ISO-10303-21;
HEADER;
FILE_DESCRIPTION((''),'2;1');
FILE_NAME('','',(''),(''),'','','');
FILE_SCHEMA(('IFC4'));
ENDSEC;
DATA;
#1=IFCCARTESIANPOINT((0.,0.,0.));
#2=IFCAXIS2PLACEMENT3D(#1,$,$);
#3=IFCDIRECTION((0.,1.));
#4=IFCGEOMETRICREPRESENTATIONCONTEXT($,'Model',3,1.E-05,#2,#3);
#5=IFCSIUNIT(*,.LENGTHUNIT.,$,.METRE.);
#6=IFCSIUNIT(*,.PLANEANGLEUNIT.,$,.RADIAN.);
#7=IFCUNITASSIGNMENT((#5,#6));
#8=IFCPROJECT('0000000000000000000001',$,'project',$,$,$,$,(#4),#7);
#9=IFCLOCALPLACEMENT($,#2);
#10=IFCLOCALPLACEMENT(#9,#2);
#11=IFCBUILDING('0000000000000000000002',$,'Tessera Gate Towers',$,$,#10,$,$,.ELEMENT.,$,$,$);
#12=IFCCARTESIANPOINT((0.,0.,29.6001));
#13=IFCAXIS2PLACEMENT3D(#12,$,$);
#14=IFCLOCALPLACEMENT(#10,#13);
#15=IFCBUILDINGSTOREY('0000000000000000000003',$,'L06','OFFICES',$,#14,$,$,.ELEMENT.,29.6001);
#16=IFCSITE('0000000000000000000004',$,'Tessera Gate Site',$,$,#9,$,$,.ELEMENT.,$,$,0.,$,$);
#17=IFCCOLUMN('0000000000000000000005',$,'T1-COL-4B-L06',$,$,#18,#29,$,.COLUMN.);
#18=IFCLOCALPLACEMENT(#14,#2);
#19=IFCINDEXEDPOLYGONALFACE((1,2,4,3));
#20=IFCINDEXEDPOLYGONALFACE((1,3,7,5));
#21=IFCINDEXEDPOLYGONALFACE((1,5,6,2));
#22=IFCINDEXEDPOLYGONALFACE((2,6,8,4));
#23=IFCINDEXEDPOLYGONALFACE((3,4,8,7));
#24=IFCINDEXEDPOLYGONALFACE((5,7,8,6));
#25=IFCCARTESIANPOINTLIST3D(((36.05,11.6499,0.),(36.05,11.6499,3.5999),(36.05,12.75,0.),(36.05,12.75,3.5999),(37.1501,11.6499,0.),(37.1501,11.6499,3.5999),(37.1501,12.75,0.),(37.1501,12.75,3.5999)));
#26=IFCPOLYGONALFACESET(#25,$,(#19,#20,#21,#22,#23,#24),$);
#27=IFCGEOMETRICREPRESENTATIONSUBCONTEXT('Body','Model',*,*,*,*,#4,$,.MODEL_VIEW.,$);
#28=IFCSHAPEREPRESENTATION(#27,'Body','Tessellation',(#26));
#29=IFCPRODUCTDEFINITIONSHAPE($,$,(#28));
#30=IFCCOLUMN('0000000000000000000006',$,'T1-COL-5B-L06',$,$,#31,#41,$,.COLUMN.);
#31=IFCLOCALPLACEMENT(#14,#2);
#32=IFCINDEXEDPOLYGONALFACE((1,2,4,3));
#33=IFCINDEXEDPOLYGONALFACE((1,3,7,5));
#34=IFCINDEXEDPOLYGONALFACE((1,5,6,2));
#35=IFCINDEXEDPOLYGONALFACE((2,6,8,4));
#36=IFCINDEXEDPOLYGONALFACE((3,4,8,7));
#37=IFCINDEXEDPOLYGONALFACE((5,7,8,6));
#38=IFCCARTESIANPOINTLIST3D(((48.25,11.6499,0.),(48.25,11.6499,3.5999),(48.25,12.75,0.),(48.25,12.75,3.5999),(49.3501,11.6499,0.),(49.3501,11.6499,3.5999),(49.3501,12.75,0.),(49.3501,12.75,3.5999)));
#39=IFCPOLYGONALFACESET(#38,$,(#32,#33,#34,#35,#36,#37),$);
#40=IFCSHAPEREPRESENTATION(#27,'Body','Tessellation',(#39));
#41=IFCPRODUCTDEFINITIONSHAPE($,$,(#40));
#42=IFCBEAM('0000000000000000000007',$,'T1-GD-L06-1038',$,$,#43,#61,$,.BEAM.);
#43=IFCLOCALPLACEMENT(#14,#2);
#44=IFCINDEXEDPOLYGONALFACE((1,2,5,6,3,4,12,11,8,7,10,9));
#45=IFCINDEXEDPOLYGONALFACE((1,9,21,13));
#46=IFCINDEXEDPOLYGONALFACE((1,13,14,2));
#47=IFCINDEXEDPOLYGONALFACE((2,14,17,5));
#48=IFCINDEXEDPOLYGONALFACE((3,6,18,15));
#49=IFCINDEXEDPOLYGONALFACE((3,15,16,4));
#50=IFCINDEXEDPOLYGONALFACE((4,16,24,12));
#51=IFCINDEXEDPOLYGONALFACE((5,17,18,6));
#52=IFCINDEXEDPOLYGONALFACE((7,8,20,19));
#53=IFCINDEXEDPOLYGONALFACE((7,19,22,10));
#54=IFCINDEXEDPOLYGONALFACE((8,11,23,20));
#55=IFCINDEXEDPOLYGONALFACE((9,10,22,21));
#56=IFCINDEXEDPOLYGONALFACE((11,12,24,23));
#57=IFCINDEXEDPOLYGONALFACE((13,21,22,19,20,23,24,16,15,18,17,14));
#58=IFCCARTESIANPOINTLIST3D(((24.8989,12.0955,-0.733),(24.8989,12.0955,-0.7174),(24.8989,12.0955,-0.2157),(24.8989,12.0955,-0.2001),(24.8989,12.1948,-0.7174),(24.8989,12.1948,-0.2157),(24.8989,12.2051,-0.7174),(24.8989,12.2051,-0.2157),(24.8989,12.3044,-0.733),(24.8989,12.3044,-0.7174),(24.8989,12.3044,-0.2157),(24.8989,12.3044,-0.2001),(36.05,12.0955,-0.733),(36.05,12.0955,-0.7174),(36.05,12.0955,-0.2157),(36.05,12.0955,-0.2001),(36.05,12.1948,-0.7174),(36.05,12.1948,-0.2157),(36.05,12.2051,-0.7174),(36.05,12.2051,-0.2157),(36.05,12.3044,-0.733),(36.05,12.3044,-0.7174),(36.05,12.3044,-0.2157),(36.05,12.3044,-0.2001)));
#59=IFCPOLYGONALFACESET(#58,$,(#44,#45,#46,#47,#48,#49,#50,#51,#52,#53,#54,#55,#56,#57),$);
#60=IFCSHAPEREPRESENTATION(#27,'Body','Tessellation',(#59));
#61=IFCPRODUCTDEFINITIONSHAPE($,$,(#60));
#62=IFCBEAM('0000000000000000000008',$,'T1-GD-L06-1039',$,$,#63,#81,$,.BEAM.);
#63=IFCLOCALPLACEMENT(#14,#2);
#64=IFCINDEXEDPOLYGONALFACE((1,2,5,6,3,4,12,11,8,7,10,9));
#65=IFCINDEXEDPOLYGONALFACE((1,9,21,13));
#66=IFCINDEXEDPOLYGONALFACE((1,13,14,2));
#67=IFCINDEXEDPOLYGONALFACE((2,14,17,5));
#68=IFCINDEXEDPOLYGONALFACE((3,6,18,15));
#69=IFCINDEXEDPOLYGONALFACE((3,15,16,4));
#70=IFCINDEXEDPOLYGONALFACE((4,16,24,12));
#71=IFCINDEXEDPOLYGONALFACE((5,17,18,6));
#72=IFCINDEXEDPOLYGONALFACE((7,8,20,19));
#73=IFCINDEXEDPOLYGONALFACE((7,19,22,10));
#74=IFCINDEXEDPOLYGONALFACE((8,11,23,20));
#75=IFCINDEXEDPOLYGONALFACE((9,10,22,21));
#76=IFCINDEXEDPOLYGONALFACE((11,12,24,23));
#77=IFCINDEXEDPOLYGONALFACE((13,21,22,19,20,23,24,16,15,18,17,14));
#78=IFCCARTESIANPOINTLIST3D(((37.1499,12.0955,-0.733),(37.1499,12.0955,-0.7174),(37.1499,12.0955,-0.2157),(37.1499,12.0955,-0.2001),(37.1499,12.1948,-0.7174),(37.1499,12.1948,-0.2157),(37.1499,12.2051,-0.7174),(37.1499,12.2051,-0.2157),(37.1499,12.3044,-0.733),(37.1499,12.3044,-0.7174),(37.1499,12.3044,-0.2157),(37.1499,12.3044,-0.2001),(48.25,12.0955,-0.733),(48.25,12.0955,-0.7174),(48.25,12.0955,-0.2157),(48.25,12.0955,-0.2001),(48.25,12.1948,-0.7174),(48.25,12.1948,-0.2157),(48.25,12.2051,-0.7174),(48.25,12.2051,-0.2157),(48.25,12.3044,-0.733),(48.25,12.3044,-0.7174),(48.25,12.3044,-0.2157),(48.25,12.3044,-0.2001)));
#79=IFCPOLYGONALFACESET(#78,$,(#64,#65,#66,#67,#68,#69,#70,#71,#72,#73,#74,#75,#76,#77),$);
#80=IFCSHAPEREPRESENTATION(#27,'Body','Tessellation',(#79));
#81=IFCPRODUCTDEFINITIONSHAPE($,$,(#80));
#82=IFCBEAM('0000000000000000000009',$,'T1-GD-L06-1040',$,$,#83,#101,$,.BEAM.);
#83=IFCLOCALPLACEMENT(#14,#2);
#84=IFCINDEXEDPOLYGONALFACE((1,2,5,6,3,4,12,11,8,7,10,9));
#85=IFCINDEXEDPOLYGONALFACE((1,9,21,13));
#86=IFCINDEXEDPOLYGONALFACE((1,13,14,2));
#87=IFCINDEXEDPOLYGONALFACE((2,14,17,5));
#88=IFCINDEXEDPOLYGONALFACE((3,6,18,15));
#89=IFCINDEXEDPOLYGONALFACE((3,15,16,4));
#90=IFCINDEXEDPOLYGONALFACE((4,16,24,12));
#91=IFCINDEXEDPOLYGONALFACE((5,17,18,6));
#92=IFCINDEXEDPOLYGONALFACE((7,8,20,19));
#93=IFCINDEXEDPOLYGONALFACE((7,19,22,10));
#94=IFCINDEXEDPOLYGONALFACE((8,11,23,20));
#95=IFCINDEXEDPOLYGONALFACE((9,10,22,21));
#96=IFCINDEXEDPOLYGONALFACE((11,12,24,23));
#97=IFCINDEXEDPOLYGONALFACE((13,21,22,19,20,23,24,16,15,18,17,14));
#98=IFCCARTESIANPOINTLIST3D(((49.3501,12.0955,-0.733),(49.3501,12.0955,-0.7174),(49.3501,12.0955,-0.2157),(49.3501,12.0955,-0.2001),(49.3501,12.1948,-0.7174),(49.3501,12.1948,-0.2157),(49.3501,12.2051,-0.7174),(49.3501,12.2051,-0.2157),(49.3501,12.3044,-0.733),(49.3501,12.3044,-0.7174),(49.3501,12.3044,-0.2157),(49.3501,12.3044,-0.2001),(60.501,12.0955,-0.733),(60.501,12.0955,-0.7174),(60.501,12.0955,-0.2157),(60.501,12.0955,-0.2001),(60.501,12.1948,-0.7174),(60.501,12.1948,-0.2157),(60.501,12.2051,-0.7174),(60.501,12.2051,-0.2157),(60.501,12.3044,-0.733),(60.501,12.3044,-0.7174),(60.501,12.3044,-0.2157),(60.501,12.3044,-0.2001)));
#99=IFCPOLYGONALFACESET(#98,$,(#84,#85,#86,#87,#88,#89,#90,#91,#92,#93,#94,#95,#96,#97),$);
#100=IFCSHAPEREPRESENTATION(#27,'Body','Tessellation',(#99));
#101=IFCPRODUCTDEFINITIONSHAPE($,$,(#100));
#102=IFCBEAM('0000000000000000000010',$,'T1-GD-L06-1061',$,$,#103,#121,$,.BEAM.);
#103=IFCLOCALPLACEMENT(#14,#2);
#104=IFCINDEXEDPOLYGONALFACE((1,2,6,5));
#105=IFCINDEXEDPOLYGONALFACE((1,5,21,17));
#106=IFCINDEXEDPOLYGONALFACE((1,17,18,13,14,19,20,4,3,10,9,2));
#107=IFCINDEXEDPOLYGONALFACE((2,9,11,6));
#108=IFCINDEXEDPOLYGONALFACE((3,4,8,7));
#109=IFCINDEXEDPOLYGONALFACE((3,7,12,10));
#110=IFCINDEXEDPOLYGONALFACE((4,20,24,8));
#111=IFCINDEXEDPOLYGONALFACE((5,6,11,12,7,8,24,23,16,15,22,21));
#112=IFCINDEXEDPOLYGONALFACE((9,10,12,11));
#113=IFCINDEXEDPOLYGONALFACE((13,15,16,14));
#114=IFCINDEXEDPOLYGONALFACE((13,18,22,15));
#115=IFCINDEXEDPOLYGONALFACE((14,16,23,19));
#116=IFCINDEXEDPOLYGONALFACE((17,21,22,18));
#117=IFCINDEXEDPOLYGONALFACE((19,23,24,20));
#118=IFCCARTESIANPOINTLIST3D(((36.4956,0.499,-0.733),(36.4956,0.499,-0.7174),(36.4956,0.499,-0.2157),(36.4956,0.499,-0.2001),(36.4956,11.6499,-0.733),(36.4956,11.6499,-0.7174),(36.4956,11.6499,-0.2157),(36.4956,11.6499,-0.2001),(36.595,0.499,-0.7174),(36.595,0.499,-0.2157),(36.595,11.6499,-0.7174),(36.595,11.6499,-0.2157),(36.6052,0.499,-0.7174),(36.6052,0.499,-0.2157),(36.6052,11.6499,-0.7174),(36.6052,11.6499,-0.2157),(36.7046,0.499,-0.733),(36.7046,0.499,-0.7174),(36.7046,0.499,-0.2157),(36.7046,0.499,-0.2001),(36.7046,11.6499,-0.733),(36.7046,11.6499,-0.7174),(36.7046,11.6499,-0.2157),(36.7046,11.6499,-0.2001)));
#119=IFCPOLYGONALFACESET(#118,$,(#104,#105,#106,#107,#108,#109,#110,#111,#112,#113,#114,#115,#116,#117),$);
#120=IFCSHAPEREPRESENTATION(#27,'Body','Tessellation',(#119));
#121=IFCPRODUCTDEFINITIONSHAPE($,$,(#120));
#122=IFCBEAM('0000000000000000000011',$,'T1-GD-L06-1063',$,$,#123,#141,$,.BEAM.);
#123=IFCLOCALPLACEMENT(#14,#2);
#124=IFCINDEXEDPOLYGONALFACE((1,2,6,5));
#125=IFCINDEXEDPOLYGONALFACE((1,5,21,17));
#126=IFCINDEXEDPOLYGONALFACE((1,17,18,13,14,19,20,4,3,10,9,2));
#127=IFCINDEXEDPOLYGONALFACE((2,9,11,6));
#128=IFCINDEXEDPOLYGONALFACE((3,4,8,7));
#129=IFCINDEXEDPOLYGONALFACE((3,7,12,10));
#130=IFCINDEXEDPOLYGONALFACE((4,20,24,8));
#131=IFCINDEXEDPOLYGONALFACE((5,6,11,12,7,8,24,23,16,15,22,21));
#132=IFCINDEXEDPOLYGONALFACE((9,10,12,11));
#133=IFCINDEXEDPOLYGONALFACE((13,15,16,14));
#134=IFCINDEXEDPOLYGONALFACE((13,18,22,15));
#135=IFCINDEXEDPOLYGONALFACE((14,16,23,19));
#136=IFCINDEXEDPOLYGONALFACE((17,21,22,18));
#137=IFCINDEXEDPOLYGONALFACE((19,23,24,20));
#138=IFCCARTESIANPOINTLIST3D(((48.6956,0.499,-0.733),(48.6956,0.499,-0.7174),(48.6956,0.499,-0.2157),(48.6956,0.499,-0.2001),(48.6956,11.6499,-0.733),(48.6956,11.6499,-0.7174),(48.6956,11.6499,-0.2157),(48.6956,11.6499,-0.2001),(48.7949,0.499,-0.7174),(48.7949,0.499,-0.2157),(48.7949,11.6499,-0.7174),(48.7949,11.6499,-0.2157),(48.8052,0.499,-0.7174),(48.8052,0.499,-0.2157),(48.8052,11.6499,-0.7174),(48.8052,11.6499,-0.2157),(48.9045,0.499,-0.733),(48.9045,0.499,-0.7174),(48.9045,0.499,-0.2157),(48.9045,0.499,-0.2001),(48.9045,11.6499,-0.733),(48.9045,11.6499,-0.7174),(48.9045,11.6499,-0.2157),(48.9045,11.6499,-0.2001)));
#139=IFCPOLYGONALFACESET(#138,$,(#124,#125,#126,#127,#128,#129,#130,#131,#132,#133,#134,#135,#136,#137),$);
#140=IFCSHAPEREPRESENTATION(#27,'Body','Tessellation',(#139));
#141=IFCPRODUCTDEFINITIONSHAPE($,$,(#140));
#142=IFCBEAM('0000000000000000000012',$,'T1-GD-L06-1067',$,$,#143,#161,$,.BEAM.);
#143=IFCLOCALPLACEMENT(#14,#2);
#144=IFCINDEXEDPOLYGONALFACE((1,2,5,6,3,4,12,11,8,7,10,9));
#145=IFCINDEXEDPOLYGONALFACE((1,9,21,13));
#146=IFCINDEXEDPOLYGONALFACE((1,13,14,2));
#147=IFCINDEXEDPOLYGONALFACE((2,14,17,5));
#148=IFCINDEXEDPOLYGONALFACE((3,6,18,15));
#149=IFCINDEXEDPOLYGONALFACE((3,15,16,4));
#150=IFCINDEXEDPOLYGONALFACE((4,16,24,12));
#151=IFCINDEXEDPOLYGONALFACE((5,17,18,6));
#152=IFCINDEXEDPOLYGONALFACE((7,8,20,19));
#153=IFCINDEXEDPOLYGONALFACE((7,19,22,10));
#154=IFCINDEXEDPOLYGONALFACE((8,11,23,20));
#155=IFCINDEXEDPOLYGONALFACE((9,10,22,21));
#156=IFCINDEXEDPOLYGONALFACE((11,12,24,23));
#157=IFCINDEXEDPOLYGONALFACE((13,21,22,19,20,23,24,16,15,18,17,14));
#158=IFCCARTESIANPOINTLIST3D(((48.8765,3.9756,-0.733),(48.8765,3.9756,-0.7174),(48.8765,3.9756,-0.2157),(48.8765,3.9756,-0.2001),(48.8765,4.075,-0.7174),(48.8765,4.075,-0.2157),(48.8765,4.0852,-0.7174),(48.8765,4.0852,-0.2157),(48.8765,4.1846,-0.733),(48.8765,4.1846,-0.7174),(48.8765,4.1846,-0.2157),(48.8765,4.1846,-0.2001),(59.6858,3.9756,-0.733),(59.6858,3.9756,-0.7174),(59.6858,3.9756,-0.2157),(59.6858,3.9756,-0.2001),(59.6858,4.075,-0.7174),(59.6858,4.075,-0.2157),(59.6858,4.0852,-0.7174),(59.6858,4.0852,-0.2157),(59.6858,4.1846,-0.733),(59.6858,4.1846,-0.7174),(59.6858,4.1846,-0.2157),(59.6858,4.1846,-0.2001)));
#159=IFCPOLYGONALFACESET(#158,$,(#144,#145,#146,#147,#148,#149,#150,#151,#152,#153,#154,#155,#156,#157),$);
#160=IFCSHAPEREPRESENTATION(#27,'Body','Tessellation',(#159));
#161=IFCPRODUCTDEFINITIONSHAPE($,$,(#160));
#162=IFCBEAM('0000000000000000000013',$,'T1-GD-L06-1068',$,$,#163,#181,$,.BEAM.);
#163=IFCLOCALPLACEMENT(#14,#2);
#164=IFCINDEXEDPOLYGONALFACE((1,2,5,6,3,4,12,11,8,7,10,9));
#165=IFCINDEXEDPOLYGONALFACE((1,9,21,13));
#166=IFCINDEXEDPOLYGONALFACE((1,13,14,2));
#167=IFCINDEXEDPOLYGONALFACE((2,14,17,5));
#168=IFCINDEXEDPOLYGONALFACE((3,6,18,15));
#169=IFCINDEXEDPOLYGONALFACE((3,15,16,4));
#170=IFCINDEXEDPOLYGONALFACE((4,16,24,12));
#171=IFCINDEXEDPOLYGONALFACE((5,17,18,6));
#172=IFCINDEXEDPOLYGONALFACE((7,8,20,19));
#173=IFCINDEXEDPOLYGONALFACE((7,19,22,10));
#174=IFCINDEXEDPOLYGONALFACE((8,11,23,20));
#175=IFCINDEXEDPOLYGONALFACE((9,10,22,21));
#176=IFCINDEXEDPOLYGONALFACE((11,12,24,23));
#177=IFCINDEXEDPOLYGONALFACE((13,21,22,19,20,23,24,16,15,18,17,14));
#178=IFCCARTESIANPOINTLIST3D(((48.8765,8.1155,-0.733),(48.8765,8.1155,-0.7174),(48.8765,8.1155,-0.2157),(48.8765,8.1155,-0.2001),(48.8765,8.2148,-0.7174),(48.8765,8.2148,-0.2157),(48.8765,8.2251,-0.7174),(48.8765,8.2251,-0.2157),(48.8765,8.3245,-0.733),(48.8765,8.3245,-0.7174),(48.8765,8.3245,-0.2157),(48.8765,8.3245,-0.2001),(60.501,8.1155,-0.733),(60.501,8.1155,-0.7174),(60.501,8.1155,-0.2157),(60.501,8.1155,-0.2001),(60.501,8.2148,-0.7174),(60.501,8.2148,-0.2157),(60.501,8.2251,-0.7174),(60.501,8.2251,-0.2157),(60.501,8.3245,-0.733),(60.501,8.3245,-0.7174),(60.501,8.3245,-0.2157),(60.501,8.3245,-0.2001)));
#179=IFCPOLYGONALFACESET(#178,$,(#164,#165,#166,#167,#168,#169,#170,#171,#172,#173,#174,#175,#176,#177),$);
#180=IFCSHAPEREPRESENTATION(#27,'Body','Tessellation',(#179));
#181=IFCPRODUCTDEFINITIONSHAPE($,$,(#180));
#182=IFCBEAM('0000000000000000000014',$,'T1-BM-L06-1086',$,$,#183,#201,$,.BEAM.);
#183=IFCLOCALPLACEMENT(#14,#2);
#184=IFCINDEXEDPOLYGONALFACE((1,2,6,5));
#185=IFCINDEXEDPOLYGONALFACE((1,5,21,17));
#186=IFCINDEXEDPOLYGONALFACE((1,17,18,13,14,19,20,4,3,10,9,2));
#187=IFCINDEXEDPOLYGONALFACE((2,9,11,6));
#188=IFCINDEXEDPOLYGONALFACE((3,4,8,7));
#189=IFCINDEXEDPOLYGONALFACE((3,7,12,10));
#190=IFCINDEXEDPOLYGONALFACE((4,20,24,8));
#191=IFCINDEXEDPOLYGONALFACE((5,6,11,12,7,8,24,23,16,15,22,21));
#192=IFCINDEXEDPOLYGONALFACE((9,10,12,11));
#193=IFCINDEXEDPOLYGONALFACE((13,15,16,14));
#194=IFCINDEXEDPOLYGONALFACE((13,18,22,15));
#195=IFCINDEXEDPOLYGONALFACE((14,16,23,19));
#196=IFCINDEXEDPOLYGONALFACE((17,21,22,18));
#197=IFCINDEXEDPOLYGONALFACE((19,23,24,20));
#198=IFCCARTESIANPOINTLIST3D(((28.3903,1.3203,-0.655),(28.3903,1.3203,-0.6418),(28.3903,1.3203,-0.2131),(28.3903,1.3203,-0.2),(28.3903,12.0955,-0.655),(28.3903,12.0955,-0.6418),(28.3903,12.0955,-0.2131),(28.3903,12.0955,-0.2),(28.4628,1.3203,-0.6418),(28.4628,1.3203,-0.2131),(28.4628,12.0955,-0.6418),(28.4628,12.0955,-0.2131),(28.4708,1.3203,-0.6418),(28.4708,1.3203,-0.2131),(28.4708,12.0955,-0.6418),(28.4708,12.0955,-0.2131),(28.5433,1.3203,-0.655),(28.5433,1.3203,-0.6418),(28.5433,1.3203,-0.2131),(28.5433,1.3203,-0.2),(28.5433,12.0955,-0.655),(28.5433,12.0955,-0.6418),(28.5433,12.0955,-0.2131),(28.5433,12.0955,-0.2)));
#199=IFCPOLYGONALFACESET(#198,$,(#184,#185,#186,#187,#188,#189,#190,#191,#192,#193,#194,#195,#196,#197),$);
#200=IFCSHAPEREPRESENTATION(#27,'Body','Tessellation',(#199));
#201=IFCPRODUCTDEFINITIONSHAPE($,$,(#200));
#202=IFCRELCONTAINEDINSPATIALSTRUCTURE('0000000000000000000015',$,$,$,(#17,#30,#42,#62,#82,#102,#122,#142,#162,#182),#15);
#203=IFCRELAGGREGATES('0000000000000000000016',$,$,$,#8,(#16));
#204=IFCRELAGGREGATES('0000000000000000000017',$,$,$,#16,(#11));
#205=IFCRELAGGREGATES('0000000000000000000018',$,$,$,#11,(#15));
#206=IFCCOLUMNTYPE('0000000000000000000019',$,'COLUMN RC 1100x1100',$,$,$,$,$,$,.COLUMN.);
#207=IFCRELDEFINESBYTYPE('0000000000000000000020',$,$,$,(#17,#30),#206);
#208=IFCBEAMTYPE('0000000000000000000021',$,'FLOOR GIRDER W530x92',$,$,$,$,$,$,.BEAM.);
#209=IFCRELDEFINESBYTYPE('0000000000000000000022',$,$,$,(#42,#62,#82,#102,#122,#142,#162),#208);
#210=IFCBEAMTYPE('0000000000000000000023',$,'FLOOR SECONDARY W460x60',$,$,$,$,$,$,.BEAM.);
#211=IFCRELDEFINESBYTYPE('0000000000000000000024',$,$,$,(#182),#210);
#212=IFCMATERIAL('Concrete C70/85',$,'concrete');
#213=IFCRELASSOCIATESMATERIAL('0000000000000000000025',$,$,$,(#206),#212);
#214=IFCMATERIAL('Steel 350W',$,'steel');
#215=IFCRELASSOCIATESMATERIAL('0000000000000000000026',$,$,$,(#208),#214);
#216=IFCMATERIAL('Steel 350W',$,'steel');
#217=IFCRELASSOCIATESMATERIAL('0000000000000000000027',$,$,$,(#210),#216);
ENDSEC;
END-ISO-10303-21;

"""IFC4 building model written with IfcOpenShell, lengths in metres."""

from ifc_helpers import new_model, si_unit, direction, frame, origin, origin_2d, place, context, subcontext, project, spatial, rectangle, i_section, extrude, material, material_profile, profile_set, type_object, element, save


model = new_model("IFC4")

# Units and contexts
model_context = context("Model", 3, precision=1e-05, world=origin(), true_north=direction((0.0, 1.0)))
body_context = subcontext(model_context, "Body", "Model", "MODEL_VIEW")
ifc_project = project(units=[si_unit("LENGTHUNIT", "METRE"), si_unit("PLANEANGLEUNIT", "RADIAN")], contexts=[model_context])

# Site, building, storey
site_placement = place(None, origin())
site = spatial("IfcSite", under=ifc_project, at=site_placement, Name="Tessera Gate Site", CompositionType="ELEMENT", RefElevation=0.0)
building_placement = place(site_placement, origin())
building = spatial("IfcBuilding", under=site, at=building_placement, Name="Tessera Gate Towers", CompositionType="ELEMENT")
storey_placement = place(building_placement, frame((0.0, 0.0, 29.6001)))
storey = spatial("IfcBuildingStorey", under=building, at=storey_placement, Name="L06", Description="OFFICES", CompositionType="ELEMENT", Elevation=29.6001)

# Columns
ifc_material_1 = material(Name="Concrete C70/85", Category="concrete")
ifc_material_profile_1 = material_profile(ifc_material_1, rectangle(XDim=1.1001, YDim=1.1001, at=origin_2d()), Name="RC 1100x1100")
ifc_profile_set_1 = profile_set([ifc_material_profile_1], Name="Concrete C70/85")
column_type = type_object("IfcColumnType", Name="COLUMN RC 1100x1100", PredefinedType="COLUMN", material=ifc_profile_set_1)
for number, where, z_axis, x_axis, name in (
    (1, (36.6001, 12.2, 0.0), (0.0, 0.0, 1.0), (1.0, 0.0, 0.0), "T1-COL-4B-L06"),
    (2, (48.8, 12.2, 0.0), (0.0, 0.0, 1.0), (1.0, 0.0, 0.0), "T1-COL-5B-L06"),
):
    element("IfcColumn", number, at=place(storey_placement, frame(where, z_axis=z_axis, x_axis=x_axis)), inside=storey, type_object=column_type, Name=name, PredefinedType="COLUMN", context=body_context, shape_type="SweptSolid", body=[
        extrude(rectangle(XDim=1.1001, YDim=1.1001, at=origin_2d()), origin(), (0.0, 0.0, 1.0), 3.5999),
    ])

# Beams
ifc_material_2 = material(Name="Steel 350W", Category="steel")
ifc_material_profile_2 = material_profile(ifc_material_2, i_section(OverallWidth=0.209, OverallDepth=0.533, WebThickness=0.0103, FlangeThickness=0.0156, at=origin_2d()), Name="W530x92")
ifc_profile_set_2 = profile_set([ifc_material_profile_2], Name="Steel 350W")
beam_type_1 = type_object("IfcBeamType", Name="FLOOR GIRDER W530x92", PredefinedType="BEAM", material=ifc_profile_set_2)
beam_1_placement = place(storey_placement, frame((24.8989, 12.2, -0.4666), z_axis=(1.0, 0.0, 0.0), x_axis=(0.0, 1.0, 0.0)))
element("IfcBeam", 3, at=beam_1_placement, inside=storey, type_object=beam_type_1, Name="T1-GD-L06-1038", PredefinedType="BEAM", context=body_context, shape_type="SweptSolid", body=[
    extrude(i_section(OverallWidth=0.209, OverallDepth=0.533, WebThickness=0.0103, FlangeThickness=0.0156, at=origin_2d()), origin(), (0.0, 0.0, 1.0), 11.1511),
])
beam_2_placement = place(storey_placement, frame((37.1499, 12.2, -0.4666), z_axis=(1.0, 0.0, 0.0), x_axis=(0.0, 1.0, 0.0)))
element("IfcBeam", 4, at=beam_2_placement, inside=storey, type_object=beam_type_1, Name="T1-GD-L06-1039", PredefinedType="BEAM", context=body_context, shape_type="SweptSolid", body=[
    extrude(i_section(OverallWidth=0.209, OverallDepth=0.533, WebThickness=0.0103, FlangeThickness=0.0156, at=origin_2d()), origin(), (0.0, 0.0, 1.0), 11.1001),
])
for number, where, z_axis, x_axis, name in (
    (5, (49.3501, 12.2, -0.4666), (1.0, 0.0, 0.0), (0.0, 1.0, 0.0), "T1-GD-L06-1040"),
    (6, (36.6001, 0.499, -0.4666), (0.0, 1.0, 0.0), (-1.0, 0.0, 0.0), "T1-GD-L06-1061"),
    (7, (48.8, 0.499, -0.4666), (0.0, 1.0, 0.0), (-1.0, 0.0, 0.0), "T1-GD-L06-1063"),
):
    element("IfcBeam", number, at=place(storey_placement, frame(where, z_axis=z_axis, x_axis=x_axis)), inside=storey, type_object=beam_type_1, Name=name, PredefinedType="BEAM", context=body_context, shape_type="SweptSolid", body=[
        extrude(i_section(OverallWidth=0.209, OverallDepth=0.533, WebThickness=0.0103, FlangeThickness=0.0156, at=origin_2d()), origin(), (0.0, 0.0, 1.0), 11.1509),
    ])
beam_3_placement = place(storey_placement, frame((48.8765, 4.0801, -0.4666), z_axis=(1.0, 0.0, 0.0), x_axis=(0.0, 1.0, 0.0)))
element("IfcBeam", 8, at=beam_3_placement, inside=storey, type_object=beam_type_1, Name="T1-GD-L06-1067", PredefinedType="BEAM", context=body_context, shape_type="SweptSolid", body=[
    extrude(i_section(OverallWidth=0.209, OverallDepth=0.533, WebThickness=0.0103, FlangeThickness=0.0156, at=origin_2d()), origin(), (0.0, 0.0, 1.0), 10.8093),
])
beam_4_placement = place(storey_placement, frame((48.8765, 8.22, -0.4666), z_axis=(1.0, 0.0, 0.0), x_axis=(0.0, 1.0, 0.0)))
element("IfcBeam", 9, at=beam_4_placement, inside=storey, type_object=beam_type_1, Name="T1-GD-L06-1068", PredefinedType="BEAM", context=body_context, shape_type="SweptSolid", body=[
    extrude(i_section(OverallWidth=0.209, OverallDepth=0.533, WebThickness=0.0103, FlangeThickness=0.0156, at=origin_2d()), origin(), (0.0, 0.0, 1.0), 11.6245),
])
ifc_material_3 = material(Name="Steel 350W", Category="steel")
ifc_material_profile_3 = material_profile(ifc_material_3, i_section(OverallWidth=0.1531, OverallDepth=0.4551, WebThickness=0.0081, FlangeThickness=0.0132, at=origin_2d()), Name="W460x60")
ifc_profile_set_3 = profile_set([ifc_material_profile_3], Name="Steel 350W")
beam_type_2 = type_object("IfcBeamType", Name="FLOOR SECONDARY W460x60", PredefinedType="BEAM", material=ifc_profile_set_3)
beam_5_placement = place(storey_placement, frame((28.4668, 1.3203, -0.4275), z_axis=(0.0, 1.0, 0.0), x_axis=(-1.0, 0.0, 0.0)))
element("IfcBeam", 10, at=beam_5_placement, inside=storey, type_object=beam_type_2, Name="T1-BM-L06-1086", PredefinedType="BEAM", context=body_context, shape_type="SweptSolid", body=[
    extrude(i_section(OverallWidth=0.1531, OverallDepth=0.4551, WebThickness=0.0081, FlangeThickness=0.0132, at=origin_2d()), origin(), (0.0, 0.0, 1.0), 10.7751),
])

save(model, "model.ifc")
